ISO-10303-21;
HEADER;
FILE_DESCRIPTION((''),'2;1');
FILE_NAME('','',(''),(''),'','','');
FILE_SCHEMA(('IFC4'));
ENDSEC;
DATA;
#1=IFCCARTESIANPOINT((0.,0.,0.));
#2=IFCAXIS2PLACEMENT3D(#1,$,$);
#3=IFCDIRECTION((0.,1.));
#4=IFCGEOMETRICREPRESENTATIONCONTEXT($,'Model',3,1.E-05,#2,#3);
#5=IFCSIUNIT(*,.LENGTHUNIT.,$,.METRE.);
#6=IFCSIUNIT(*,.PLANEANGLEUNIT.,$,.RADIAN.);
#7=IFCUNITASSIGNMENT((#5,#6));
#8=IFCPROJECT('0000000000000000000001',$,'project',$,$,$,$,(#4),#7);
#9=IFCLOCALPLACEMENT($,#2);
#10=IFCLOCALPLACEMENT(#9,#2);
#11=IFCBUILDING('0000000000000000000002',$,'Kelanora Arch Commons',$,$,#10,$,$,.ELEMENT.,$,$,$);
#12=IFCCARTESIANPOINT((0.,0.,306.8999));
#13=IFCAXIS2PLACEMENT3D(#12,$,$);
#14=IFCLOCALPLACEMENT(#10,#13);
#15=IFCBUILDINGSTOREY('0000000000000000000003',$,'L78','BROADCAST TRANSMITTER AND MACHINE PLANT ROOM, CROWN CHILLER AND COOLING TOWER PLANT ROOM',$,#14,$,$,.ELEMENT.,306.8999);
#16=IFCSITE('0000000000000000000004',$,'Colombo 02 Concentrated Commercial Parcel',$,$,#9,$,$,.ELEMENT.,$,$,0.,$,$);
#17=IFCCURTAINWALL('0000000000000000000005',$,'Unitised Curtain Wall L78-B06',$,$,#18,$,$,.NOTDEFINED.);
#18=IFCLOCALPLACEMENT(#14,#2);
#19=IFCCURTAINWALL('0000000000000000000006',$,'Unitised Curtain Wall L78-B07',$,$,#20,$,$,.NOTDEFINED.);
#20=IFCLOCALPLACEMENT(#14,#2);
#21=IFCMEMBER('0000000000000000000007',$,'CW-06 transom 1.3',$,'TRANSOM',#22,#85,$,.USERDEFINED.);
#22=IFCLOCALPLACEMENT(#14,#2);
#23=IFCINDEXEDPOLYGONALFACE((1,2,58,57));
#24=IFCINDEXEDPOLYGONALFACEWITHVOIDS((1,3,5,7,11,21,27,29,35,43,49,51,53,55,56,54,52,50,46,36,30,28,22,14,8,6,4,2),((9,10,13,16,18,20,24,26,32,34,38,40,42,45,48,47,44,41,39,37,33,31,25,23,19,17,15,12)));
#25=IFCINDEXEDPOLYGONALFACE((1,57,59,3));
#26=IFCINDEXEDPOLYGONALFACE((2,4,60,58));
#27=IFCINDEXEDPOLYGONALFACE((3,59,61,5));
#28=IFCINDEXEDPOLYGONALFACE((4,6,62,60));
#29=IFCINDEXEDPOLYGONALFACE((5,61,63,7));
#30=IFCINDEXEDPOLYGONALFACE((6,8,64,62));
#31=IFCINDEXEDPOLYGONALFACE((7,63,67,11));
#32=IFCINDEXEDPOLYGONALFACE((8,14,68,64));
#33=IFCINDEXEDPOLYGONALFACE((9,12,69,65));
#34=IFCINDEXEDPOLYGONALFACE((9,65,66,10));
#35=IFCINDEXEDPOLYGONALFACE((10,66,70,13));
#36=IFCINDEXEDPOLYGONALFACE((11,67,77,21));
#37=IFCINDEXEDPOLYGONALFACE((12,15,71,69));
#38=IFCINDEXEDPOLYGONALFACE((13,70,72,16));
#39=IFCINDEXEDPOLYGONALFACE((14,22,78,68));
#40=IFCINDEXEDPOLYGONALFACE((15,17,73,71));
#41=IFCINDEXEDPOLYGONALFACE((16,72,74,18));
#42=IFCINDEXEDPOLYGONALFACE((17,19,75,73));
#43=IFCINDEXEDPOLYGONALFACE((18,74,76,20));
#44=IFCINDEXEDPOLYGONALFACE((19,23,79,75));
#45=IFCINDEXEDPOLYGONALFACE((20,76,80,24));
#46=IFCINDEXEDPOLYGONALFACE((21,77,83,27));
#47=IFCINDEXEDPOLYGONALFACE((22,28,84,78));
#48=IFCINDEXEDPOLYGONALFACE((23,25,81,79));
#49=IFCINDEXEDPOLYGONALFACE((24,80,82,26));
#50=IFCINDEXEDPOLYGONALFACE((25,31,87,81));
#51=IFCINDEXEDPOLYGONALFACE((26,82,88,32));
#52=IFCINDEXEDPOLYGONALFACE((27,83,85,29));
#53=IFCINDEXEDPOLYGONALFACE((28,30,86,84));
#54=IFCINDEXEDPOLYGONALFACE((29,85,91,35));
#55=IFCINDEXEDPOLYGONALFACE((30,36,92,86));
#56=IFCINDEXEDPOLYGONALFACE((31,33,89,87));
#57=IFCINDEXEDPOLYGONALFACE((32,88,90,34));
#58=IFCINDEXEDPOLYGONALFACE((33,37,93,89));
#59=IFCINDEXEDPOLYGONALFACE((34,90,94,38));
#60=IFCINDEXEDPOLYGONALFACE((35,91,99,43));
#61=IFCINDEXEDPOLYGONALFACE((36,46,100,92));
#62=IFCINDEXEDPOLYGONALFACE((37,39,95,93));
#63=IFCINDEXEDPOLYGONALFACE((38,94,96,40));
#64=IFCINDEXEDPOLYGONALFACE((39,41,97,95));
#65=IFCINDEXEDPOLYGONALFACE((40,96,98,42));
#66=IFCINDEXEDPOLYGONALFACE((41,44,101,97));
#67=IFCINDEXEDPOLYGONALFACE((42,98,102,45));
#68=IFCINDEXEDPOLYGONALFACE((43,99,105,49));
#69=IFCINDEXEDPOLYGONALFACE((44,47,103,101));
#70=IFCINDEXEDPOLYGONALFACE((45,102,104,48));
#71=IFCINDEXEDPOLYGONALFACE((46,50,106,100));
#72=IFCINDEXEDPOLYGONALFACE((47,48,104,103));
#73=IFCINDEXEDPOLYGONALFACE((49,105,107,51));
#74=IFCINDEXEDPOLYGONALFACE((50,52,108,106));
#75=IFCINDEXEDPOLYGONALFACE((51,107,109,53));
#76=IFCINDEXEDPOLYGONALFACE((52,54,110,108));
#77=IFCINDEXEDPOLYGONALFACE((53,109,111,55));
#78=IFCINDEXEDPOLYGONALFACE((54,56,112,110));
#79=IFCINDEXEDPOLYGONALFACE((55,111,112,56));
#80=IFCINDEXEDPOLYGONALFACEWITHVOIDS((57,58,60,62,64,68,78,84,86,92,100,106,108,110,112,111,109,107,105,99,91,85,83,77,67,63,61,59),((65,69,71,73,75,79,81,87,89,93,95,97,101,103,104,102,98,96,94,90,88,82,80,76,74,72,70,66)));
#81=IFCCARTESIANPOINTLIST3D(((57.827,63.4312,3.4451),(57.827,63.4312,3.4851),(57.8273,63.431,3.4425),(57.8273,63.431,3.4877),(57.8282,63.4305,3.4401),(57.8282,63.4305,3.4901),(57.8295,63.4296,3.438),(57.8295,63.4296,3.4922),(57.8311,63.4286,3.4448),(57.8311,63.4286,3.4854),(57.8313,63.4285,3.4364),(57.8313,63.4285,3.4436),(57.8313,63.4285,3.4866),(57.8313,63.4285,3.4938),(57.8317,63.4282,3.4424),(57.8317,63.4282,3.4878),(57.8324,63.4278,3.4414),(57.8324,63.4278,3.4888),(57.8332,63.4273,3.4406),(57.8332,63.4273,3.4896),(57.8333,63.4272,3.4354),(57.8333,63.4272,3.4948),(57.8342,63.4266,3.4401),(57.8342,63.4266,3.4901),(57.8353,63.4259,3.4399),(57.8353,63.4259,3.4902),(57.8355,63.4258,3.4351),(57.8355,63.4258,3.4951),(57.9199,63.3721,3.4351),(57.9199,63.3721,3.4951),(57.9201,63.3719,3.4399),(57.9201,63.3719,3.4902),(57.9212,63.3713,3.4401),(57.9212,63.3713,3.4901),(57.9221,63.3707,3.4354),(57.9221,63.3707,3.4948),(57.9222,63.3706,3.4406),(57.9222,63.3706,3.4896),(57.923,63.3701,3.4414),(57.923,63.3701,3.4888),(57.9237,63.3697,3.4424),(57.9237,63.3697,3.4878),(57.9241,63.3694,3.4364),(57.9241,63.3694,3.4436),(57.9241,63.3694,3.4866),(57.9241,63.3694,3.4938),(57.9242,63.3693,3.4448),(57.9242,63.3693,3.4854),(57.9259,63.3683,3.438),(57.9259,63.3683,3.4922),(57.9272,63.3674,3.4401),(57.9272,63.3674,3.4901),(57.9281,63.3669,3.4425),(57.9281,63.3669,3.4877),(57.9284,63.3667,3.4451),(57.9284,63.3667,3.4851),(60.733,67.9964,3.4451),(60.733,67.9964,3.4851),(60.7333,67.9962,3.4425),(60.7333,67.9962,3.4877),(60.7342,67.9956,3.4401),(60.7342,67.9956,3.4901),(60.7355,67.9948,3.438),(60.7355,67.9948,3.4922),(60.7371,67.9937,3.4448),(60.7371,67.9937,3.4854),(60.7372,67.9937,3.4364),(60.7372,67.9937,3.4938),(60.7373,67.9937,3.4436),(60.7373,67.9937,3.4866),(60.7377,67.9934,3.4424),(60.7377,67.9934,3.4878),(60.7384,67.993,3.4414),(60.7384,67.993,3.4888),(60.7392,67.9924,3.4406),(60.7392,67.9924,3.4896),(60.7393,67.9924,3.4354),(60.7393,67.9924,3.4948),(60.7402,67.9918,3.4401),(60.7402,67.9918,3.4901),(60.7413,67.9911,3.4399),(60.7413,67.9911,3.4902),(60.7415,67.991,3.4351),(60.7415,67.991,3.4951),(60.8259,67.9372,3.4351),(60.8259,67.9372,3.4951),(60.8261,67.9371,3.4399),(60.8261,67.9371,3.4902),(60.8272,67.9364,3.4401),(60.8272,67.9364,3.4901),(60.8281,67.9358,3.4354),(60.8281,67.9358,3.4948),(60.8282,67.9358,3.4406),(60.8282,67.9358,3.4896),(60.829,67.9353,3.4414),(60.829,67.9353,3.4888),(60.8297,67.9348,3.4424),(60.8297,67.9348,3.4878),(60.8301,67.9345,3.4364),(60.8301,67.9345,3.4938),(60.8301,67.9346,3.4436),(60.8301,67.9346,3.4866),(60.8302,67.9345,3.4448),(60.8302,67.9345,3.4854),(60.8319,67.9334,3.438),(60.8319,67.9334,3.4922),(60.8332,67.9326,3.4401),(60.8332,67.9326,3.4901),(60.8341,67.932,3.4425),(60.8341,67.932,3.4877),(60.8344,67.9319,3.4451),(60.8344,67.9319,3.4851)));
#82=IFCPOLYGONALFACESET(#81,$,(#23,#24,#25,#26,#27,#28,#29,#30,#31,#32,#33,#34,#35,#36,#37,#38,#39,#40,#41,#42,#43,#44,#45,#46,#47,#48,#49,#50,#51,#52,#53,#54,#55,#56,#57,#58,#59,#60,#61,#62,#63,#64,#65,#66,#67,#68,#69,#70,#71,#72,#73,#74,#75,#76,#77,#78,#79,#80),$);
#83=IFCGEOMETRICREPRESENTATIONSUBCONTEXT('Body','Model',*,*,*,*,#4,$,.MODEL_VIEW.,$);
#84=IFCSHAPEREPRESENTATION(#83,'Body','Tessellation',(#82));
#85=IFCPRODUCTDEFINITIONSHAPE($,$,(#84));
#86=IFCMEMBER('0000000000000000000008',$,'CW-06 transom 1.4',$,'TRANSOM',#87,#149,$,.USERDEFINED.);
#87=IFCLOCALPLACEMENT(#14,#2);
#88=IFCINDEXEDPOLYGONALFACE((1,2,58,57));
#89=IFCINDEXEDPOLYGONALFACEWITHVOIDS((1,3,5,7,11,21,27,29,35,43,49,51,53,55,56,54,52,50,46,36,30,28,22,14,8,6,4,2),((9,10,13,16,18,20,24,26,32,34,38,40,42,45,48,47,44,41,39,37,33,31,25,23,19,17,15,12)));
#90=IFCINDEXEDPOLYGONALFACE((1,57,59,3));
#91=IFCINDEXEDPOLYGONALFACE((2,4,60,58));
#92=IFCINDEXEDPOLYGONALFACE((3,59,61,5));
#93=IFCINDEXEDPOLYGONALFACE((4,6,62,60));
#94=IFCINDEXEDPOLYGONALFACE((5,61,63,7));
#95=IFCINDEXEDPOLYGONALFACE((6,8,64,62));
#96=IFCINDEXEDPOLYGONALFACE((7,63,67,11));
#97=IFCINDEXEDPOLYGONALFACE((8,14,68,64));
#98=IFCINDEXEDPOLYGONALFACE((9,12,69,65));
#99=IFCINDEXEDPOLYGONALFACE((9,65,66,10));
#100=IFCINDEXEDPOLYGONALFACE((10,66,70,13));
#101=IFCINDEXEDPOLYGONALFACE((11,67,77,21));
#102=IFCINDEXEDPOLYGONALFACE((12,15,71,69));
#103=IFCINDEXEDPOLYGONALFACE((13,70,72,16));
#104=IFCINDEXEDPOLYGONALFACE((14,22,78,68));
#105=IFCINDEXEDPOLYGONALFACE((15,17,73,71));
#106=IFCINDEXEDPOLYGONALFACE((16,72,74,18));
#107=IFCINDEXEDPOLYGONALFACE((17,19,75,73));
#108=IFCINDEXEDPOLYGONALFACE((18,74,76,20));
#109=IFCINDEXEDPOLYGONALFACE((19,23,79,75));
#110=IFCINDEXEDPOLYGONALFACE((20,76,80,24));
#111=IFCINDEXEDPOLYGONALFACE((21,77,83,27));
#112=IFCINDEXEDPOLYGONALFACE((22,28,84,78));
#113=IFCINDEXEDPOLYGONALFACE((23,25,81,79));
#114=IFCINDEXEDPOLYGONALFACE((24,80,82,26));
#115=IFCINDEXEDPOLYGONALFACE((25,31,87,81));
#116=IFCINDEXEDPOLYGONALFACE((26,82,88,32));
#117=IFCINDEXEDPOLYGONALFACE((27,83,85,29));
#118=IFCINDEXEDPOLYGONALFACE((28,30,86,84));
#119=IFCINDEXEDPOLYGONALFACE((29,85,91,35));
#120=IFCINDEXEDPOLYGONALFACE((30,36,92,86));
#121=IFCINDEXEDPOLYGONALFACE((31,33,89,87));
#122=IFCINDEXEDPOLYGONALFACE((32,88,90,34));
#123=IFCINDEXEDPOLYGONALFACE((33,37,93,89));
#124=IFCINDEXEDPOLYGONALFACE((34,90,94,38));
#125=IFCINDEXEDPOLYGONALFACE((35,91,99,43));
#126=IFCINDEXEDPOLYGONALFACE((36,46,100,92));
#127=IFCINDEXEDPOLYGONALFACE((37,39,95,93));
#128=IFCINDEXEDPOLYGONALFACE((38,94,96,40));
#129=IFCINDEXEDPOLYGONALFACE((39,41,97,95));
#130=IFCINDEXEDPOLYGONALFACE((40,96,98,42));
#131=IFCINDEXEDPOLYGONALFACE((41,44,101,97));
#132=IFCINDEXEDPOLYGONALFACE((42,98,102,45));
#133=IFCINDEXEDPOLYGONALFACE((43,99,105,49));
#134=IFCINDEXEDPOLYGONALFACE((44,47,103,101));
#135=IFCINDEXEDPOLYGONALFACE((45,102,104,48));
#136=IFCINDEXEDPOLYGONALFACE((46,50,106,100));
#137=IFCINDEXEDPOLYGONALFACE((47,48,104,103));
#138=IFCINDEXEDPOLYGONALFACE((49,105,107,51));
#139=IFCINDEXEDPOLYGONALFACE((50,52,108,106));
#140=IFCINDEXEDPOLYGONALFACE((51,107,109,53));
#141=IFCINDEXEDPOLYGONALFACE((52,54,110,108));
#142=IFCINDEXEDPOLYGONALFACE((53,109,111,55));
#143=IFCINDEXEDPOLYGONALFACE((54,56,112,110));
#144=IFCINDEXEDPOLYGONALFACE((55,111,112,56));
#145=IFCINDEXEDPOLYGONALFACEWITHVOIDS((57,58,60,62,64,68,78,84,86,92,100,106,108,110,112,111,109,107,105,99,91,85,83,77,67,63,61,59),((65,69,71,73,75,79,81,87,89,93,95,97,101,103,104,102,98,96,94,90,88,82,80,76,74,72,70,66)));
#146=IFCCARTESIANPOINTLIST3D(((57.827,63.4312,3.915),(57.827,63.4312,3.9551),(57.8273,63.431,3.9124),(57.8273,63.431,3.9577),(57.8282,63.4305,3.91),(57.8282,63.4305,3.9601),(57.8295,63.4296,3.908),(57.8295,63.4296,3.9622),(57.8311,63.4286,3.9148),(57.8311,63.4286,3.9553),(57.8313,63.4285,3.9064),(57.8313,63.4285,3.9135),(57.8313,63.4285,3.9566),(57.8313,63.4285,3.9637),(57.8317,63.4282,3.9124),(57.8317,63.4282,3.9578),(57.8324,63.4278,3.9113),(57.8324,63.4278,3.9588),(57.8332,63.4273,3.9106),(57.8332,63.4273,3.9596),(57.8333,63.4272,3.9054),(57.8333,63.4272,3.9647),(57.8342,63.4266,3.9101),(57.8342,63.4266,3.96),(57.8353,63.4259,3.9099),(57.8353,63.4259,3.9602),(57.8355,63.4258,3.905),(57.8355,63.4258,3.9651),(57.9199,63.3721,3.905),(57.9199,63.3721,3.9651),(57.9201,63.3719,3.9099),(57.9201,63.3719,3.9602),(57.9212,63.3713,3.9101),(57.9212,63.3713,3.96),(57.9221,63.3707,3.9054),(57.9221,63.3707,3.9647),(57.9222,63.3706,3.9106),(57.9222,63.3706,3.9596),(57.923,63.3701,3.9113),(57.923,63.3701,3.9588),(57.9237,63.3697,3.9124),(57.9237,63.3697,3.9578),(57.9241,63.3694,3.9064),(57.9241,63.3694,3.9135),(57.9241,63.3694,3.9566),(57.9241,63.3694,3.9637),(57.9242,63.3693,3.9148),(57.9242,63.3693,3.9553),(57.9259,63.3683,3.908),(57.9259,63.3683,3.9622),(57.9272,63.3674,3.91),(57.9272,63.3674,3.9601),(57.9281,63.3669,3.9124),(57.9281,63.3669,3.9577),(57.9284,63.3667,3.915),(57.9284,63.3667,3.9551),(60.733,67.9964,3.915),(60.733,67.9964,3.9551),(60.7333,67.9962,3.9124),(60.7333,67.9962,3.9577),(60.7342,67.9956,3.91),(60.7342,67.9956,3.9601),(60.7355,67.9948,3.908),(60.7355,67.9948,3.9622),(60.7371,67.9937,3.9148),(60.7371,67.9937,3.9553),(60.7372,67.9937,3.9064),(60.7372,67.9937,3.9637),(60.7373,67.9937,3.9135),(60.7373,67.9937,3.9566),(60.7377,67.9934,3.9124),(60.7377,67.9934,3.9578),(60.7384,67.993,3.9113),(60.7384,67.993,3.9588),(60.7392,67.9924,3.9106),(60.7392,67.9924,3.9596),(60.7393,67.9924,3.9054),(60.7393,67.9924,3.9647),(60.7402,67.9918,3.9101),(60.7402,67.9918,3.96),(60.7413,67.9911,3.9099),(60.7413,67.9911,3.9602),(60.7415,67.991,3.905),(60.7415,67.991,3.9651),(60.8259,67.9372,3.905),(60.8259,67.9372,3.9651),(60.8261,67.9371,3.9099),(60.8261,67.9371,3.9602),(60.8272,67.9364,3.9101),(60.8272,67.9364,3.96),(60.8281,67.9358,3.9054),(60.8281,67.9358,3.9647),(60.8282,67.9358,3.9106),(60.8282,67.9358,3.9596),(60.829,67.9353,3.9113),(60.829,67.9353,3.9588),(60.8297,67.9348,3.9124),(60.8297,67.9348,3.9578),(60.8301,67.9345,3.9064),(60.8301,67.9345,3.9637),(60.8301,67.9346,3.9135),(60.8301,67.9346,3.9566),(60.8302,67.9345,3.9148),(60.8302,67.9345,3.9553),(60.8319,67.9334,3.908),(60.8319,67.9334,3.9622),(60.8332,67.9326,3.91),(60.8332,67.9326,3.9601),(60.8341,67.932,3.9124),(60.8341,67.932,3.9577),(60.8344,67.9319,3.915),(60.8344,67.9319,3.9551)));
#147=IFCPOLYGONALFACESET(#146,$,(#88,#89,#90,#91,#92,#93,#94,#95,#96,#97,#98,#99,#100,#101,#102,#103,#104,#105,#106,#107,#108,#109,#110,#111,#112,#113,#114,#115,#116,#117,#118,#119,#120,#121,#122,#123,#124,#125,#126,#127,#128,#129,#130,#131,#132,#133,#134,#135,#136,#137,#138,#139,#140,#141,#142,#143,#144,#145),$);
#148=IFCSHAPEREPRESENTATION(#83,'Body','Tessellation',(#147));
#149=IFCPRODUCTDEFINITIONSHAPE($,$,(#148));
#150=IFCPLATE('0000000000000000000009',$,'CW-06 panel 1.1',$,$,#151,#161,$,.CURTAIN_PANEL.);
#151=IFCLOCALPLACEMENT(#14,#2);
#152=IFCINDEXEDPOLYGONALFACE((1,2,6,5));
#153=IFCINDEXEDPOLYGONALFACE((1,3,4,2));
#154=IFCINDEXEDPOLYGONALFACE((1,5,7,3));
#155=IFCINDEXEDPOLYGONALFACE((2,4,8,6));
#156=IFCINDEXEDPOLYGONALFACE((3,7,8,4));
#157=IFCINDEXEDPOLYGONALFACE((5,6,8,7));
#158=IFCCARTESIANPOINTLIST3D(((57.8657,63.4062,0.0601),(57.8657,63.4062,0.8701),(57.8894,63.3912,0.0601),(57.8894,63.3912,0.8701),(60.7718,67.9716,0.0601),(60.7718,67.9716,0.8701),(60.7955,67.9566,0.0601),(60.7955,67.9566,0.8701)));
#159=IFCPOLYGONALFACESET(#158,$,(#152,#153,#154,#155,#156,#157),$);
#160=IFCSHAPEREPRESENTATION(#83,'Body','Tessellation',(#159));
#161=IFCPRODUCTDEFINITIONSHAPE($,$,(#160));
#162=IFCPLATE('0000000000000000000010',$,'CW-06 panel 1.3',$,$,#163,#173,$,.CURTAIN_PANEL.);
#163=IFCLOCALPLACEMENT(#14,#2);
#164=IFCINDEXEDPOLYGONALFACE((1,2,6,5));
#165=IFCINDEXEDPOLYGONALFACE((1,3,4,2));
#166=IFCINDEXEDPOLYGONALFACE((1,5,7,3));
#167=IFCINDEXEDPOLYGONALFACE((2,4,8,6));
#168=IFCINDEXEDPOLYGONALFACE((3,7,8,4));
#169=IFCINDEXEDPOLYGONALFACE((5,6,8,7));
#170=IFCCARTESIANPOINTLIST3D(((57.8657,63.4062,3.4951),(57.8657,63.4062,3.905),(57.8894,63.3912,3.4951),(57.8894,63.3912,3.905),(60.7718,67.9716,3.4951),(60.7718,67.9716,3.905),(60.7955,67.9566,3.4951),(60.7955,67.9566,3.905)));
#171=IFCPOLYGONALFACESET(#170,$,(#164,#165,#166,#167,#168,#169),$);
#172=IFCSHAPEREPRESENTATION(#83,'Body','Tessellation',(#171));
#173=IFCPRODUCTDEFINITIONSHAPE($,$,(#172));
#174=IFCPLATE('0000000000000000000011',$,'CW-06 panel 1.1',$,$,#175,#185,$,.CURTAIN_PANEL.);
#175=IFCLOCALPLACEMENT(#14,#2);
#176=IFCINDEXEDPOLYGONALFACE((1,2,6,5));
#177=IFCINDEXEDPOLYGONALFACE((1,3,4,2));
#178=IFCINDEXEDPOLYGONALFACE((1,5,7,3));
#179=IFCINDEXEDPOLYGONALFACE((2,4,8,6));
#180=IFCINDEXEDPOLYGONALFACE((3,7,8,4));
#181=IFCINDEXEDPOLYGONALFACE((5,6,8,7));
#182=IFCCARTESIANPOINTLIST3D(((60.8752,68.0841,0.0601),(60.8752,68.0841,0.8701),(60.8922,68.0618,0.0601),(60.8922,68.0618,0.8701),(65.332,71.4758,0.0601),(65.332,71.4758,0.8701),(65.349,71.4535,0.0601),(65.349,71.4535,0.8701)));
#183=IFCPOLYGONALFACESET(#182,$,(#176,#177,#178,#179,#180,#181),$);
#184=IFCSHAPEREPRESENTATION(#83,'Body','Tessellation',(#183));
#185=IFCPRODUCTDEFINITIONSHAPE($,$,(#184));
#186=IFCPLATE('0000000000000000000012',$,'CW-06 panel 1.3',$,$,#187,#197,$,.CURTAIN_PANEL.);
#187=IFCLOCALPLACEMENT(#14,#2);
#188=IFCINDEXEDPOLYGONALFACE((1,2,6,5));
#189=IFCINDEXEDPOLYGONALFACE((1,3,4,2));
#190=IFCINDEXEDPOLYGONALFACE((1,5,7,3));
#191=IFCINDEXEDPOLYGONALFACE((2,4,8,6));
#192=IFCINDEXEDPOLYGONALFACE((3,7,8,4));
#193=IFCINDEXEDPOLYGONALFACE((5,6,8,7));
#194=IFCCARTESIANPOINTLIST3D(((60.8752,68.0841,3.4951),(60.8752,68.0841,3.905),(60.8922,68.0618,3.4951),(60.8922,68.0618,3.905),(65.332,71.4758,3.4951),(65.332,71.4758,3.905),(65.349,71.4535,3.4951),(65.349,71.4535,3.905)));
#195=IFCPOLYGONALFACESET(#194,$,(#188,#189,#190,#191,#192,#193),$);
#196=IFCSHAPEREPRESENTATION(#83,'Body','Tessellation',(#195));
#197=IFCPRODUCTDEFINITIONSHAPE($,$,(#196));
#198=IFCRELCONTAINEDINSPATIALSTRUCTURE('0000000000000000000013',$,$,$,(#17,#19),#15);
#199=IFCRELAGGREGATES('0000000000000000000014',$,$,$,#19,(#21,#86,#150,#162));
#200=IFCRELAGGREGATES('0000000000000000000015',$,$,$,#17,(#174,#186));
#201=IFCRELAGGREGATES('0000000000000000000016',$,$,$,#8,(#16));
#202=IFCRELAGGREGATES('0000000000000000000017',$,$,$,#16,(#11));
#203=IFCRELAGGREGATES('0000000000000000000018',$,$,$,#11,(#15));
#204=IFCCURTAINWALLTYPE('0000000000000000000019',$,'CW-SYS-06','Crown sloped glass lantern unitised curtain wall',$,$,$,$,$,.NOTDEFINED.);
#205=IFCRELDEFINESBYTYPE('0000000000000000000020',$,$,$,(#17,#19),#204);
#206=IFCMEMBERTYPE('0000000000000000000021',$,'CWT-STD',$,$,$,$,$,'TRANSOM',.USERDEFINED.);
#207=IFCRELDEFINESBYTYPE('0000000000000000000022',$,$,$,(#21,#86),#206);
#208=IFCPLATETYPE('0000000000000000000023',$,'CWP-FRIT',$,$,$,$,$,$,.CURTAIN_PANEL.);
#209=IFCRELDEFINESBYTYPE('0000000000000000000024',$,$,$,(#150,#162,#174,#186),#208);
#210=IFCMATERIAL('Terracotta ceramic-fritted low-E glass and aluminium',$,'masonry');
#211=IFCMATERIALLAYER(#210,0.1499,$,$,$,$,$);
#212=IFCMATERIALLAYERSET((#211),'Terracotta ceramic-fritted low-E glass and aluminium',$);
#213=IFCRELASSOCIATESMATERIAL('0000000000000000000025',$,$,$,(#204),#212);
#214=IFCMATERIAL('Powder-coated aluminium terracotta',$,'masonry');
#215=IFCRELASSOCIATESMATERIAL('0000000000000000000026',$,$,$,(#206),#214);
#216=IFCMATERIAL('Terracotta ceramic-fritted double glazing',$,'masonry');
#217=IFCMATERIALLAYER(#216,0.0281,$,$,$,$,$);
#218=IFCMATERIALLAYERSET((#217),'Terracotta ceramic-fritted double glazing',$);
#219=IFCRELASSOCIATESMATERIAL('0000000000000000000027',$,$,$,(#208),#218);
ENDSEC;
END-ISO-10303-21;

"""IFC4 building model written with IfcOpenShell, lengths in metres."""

from ifc_helpers import new_model, si_unit, direction, frame, origin, origin_2d, place, context, subcontext, project, spatial, rectangle, hollow_rectangle, extrude, source, transform, mapped, material, layer, layer_set, material_profile, profile_set, type_object, element, aggregate, save


model = new_model("IFC4")

# Units and contexts
model_context = context("Model", 3, precision=1e-05, world=origin(), true_north=direction((0.0, 1.0)))
body_context = subcontext(model_context, "Body", "Model", "MODEL_VIEW")
ifc_project = project(units=[si_unit("LENGTHUNIT", "METRE"), si_unit("PLANEANGLEUNIT", "RADIAN")], contexts=[model_context])

# Site, building, storey
site_placement = place(None, origin())
site = spatial("IfcSite", under=ifc_project, at=site_placement, Name="Colombo 02 Concentrated Commercial Parcel", CompositionType="ELEMENT", RefElevation=0.0)
building_placement = place(site_placement, origin())
building = spatial("IfcBuilding", under=site, at=building_placement, Name="Kelanora Arch Commons", CompositionType="ELEMENT")
storey_placement = place(building_placement, frame((0.0, 0.0, 306.8999)))
storey = spatial("IfcBuildingStorey", under=building, at=storey_placement, Name="L78", Description="BROADCAST TRANSMITTER AND MACHINE PLANT ROOM, CROWN CHILLER AND COOLING TOWER PLANT ROOM", CompositionType="ELEMENT", Elevation=306.8999)

# Curtain wall
ifc_material_1 = material(Name="Terracotta ceramic-fritted low-E glass and aluminium", Category="masonry")
ifc_layer_1 = layer(ifc_material_1, 0.1499)
ifc_layer_set_1 = layer_set([ifc_layer_1], Name="Terracotta ceramic-fritted low-E glass and aluminium")
curtain_wall_type = type_object("IfcCurtainWallType", Name="CW-SYS-06", Description="Crown sloped glass lantern unitised curtain wall", PredefinedType="NOTDEFINED", material=ifc_layer_set_1)
curtain_wall_1_placement = place(storey_placement, origin())
curtain_wall_1 = element("IfcCurtainWall", 1, at=curtain_wall_1_placement, inside=storey, type_object=curtain_wall_type, Name="Unitised Curtain Wall L78-B06", PredefinedType="NOTDEFINED")
ifc_material_2 = material(Name="Powder-coated aluminium terracotta", Category="masonry")

# Curtain wall
curtain_wall_2_placement = place(storey_placement, origin())
curtain_wall_2 = element("IfcCurtainWall", 2, at=curtain_wall_2_placement, inside=storey, type_object=curtain_wall_type, Name="Unitised Curtain Wall L78-B07", PredefinedType="NOTDEFINED")

# Members
ifc_material_profile_1 = material_profile(ifc_material_2, hollow_rectangle(XDim=0.1201, YDim=0.0601, WallThickness=0.0049, InnerFilletRadius=0.0049, OuterFilletRadius=0.01, at=origin_2d()), Name="CWT120x60")
ifc_profile_set_1 = profile_set([ifc_material_profile_1], Name="Powder-coated aluminium terracotta")
member_type_1 = type_object("IfcMemberType", Name="CWT-STD", ElementType="TRANSOM", PredefinedType="USERDEFINED", material=ifc_profile_set_1)
member_1_placement = place(storey_placement, frame((60.7837, 67.9641, 3.4651), z_axis=(-0.536992, -0.843587, 0.0), x_axis=(0.843587, -0.536992, 0.0)))
member_1 = element("IfcMember", 3, at=member_1_placement, type_object=member_type_1, Name="CW-06 transom 1.3", ObjectType="TRANSOM", PredefinedType="USERDEFINED", context=body_context, shape_type="SweptSolid", body=[
    extrude(hollow_rectangle(XDim=0.1201, YDim=0.0601, WallThickness=0.0049, InnerFilletRadius=0.0049, OuterFilletRadius=0.01, at=origin_2d()), origin(), (0.0, 0.0, 1.0), 5.4116),
])
member_2_placement = place(storey_placement, frame((60.7837, 67.9641, 3.9351), z_axis=(-0.536992, -0.843587, 0.0), x_axis=(0.843587, -0.536992, 0.0)))
member_2 = element("IfcMember", 4, at=member_2_placement, type_object=member_type_1, Name="CW-06 transom 1.4", ObjectType="TRANSOM", PredefinedType="USERDEFINED", context=body_context, shape_type="SweptSolid", body=[
    extrude(hollow_rectangle(XDim=0.1201, YDim=0.0601, WallThickness=0.0049, InnerFilletRadius=0.0049, OuterFilletRadius=0.01, at=origin_2d()), origin(), (0.0, 0.0, 1.0), 5.4116),
])

# Plates
ifc_material_3 = material(Name="Terracotta ceramic-fritted double glazing", Category="masonry")
ifc_layer_2 = layer(ifc_material_3, 0.0281)
ifc_layer_set_2 = layer_set([ifc_layer_2], Name="Terracotta ceramic-fritted double glazing")
plate_type = type_object("IfcPlateType", Name="CWP-FRIT", PredefinedType="CURTAIN_PANEL", material=ifc_layer_set_2)
shared_shape_1 = source(origin(), body_context, "Body", "SweptSolid", [
    extrude(rectangle(XDim=5.4119, YDim=0.0281, at=origin_2d()), origin(), (0.0, 0.0, 1.0), 0.8101),
])
plate_1_placement = place(storey_placement, frame((59.3306, 65.6814, 0.0601), z_axis=(0.0, 0.0, 1.0), x_axis=(-0.536984, -0.843592, 0.0)))
plate_1 = element("IfcPlate", 5, at=plate_1_placement, type_object=plate_type, Name="CW-06 panel 1.1", PredefinedType="CURTAIN_PANEL", context=body_context, shape_type="MappedRepresentation", body=[
    mapped(shared_shape_1, transform((0.0, 0.0, 0.0), scale=1.0)),
])
shared_shape_2 = source(origin(), body_context, "Body", "SweptSolid", [
    extrude(rectangle(XDim=5.4119, YDim=0.0281, at=origin_2d()), origin(), (0.0, 0.0, 1.0), 0.4099),
])
plate_2_placement = place(storey_placement, frame((59.3306, 65.6814, 3.4951), z_axis=(0.0, 0.0, 1.0), x_axis=(-0.536984, -0.843592, 0.0)))
plate_2 = element("IfcPlate", 6, at=plate_2_placement, type_object=plate_type, Name="CW-06 panel 1.3", PredefinedType="CURTAIN_PANEL", context=body_context, shape_type="MappedRepresentation", body=[
    mapped(shared_shape_2, transform((0.0, 0.0, 0.0), scale=1.0)),
])
shared_shape_3 = source(origin(), body_context, "Body", "SweptSolid", [
    extrude(rectangle(XDim=5.6006, YDim=0.0281, at=origin_2d()), origin(), (0.0, 0.0, 1.0), 0.8101),
])
plate_3_placement = place(storey_placement, frame((63.1121, 69.7688, 0.0601), z_axis=(0.0, 0.0, 1.0), x_axis=(-0.795772, -0.605596, 0.0)))
plate_3 = element("IfcPlate", 7, at=plate_3_placement, type_object=plate_type, Name="CW-06 panel 1.1", PredefinedType="CURTAIN_PANEL", context=body_context, shape_type="MappedRepresentation", body=[
    mapped(shared_shape_3, transform((0.0, 0.0, 0.0), scale=1.0)),
])
shared_shape_4 = source(origin(), body_context, "Body", "SweptSolid", [
    extrude(rectangle(XDim=5.6006, YDim=0.0281, at=origin_2d()), origin(), (0.0, 0.0, 1.0), 0.4099),
])
plate_4_placement = place(storey_placement, frame((63.1121, 69.7688, 3.4951), z_axis=(0.0, 0.0, 1.0), x_axis=(-0.795772, -0.605596, 0.0)))
plate_4 = element("IfcPlate", 8, at=plate_4_placement, type_object=plate_type, Name="CW-06 panel 1.3", PredefinedType="CURTAIN_PANEL", context=body_context, shape_type="MappedRepresentation", body=[
    mapped(shared_shape_4, transform((0.0, 0.0, 0.0), scale=1.0)),
])
aggregate(curtain_wall_2, [member_1, member_2, plate_1, plate_2])
aggregate(curtain_wall_1, [plate_3, plate_4])

save(model, "model.ifc")
